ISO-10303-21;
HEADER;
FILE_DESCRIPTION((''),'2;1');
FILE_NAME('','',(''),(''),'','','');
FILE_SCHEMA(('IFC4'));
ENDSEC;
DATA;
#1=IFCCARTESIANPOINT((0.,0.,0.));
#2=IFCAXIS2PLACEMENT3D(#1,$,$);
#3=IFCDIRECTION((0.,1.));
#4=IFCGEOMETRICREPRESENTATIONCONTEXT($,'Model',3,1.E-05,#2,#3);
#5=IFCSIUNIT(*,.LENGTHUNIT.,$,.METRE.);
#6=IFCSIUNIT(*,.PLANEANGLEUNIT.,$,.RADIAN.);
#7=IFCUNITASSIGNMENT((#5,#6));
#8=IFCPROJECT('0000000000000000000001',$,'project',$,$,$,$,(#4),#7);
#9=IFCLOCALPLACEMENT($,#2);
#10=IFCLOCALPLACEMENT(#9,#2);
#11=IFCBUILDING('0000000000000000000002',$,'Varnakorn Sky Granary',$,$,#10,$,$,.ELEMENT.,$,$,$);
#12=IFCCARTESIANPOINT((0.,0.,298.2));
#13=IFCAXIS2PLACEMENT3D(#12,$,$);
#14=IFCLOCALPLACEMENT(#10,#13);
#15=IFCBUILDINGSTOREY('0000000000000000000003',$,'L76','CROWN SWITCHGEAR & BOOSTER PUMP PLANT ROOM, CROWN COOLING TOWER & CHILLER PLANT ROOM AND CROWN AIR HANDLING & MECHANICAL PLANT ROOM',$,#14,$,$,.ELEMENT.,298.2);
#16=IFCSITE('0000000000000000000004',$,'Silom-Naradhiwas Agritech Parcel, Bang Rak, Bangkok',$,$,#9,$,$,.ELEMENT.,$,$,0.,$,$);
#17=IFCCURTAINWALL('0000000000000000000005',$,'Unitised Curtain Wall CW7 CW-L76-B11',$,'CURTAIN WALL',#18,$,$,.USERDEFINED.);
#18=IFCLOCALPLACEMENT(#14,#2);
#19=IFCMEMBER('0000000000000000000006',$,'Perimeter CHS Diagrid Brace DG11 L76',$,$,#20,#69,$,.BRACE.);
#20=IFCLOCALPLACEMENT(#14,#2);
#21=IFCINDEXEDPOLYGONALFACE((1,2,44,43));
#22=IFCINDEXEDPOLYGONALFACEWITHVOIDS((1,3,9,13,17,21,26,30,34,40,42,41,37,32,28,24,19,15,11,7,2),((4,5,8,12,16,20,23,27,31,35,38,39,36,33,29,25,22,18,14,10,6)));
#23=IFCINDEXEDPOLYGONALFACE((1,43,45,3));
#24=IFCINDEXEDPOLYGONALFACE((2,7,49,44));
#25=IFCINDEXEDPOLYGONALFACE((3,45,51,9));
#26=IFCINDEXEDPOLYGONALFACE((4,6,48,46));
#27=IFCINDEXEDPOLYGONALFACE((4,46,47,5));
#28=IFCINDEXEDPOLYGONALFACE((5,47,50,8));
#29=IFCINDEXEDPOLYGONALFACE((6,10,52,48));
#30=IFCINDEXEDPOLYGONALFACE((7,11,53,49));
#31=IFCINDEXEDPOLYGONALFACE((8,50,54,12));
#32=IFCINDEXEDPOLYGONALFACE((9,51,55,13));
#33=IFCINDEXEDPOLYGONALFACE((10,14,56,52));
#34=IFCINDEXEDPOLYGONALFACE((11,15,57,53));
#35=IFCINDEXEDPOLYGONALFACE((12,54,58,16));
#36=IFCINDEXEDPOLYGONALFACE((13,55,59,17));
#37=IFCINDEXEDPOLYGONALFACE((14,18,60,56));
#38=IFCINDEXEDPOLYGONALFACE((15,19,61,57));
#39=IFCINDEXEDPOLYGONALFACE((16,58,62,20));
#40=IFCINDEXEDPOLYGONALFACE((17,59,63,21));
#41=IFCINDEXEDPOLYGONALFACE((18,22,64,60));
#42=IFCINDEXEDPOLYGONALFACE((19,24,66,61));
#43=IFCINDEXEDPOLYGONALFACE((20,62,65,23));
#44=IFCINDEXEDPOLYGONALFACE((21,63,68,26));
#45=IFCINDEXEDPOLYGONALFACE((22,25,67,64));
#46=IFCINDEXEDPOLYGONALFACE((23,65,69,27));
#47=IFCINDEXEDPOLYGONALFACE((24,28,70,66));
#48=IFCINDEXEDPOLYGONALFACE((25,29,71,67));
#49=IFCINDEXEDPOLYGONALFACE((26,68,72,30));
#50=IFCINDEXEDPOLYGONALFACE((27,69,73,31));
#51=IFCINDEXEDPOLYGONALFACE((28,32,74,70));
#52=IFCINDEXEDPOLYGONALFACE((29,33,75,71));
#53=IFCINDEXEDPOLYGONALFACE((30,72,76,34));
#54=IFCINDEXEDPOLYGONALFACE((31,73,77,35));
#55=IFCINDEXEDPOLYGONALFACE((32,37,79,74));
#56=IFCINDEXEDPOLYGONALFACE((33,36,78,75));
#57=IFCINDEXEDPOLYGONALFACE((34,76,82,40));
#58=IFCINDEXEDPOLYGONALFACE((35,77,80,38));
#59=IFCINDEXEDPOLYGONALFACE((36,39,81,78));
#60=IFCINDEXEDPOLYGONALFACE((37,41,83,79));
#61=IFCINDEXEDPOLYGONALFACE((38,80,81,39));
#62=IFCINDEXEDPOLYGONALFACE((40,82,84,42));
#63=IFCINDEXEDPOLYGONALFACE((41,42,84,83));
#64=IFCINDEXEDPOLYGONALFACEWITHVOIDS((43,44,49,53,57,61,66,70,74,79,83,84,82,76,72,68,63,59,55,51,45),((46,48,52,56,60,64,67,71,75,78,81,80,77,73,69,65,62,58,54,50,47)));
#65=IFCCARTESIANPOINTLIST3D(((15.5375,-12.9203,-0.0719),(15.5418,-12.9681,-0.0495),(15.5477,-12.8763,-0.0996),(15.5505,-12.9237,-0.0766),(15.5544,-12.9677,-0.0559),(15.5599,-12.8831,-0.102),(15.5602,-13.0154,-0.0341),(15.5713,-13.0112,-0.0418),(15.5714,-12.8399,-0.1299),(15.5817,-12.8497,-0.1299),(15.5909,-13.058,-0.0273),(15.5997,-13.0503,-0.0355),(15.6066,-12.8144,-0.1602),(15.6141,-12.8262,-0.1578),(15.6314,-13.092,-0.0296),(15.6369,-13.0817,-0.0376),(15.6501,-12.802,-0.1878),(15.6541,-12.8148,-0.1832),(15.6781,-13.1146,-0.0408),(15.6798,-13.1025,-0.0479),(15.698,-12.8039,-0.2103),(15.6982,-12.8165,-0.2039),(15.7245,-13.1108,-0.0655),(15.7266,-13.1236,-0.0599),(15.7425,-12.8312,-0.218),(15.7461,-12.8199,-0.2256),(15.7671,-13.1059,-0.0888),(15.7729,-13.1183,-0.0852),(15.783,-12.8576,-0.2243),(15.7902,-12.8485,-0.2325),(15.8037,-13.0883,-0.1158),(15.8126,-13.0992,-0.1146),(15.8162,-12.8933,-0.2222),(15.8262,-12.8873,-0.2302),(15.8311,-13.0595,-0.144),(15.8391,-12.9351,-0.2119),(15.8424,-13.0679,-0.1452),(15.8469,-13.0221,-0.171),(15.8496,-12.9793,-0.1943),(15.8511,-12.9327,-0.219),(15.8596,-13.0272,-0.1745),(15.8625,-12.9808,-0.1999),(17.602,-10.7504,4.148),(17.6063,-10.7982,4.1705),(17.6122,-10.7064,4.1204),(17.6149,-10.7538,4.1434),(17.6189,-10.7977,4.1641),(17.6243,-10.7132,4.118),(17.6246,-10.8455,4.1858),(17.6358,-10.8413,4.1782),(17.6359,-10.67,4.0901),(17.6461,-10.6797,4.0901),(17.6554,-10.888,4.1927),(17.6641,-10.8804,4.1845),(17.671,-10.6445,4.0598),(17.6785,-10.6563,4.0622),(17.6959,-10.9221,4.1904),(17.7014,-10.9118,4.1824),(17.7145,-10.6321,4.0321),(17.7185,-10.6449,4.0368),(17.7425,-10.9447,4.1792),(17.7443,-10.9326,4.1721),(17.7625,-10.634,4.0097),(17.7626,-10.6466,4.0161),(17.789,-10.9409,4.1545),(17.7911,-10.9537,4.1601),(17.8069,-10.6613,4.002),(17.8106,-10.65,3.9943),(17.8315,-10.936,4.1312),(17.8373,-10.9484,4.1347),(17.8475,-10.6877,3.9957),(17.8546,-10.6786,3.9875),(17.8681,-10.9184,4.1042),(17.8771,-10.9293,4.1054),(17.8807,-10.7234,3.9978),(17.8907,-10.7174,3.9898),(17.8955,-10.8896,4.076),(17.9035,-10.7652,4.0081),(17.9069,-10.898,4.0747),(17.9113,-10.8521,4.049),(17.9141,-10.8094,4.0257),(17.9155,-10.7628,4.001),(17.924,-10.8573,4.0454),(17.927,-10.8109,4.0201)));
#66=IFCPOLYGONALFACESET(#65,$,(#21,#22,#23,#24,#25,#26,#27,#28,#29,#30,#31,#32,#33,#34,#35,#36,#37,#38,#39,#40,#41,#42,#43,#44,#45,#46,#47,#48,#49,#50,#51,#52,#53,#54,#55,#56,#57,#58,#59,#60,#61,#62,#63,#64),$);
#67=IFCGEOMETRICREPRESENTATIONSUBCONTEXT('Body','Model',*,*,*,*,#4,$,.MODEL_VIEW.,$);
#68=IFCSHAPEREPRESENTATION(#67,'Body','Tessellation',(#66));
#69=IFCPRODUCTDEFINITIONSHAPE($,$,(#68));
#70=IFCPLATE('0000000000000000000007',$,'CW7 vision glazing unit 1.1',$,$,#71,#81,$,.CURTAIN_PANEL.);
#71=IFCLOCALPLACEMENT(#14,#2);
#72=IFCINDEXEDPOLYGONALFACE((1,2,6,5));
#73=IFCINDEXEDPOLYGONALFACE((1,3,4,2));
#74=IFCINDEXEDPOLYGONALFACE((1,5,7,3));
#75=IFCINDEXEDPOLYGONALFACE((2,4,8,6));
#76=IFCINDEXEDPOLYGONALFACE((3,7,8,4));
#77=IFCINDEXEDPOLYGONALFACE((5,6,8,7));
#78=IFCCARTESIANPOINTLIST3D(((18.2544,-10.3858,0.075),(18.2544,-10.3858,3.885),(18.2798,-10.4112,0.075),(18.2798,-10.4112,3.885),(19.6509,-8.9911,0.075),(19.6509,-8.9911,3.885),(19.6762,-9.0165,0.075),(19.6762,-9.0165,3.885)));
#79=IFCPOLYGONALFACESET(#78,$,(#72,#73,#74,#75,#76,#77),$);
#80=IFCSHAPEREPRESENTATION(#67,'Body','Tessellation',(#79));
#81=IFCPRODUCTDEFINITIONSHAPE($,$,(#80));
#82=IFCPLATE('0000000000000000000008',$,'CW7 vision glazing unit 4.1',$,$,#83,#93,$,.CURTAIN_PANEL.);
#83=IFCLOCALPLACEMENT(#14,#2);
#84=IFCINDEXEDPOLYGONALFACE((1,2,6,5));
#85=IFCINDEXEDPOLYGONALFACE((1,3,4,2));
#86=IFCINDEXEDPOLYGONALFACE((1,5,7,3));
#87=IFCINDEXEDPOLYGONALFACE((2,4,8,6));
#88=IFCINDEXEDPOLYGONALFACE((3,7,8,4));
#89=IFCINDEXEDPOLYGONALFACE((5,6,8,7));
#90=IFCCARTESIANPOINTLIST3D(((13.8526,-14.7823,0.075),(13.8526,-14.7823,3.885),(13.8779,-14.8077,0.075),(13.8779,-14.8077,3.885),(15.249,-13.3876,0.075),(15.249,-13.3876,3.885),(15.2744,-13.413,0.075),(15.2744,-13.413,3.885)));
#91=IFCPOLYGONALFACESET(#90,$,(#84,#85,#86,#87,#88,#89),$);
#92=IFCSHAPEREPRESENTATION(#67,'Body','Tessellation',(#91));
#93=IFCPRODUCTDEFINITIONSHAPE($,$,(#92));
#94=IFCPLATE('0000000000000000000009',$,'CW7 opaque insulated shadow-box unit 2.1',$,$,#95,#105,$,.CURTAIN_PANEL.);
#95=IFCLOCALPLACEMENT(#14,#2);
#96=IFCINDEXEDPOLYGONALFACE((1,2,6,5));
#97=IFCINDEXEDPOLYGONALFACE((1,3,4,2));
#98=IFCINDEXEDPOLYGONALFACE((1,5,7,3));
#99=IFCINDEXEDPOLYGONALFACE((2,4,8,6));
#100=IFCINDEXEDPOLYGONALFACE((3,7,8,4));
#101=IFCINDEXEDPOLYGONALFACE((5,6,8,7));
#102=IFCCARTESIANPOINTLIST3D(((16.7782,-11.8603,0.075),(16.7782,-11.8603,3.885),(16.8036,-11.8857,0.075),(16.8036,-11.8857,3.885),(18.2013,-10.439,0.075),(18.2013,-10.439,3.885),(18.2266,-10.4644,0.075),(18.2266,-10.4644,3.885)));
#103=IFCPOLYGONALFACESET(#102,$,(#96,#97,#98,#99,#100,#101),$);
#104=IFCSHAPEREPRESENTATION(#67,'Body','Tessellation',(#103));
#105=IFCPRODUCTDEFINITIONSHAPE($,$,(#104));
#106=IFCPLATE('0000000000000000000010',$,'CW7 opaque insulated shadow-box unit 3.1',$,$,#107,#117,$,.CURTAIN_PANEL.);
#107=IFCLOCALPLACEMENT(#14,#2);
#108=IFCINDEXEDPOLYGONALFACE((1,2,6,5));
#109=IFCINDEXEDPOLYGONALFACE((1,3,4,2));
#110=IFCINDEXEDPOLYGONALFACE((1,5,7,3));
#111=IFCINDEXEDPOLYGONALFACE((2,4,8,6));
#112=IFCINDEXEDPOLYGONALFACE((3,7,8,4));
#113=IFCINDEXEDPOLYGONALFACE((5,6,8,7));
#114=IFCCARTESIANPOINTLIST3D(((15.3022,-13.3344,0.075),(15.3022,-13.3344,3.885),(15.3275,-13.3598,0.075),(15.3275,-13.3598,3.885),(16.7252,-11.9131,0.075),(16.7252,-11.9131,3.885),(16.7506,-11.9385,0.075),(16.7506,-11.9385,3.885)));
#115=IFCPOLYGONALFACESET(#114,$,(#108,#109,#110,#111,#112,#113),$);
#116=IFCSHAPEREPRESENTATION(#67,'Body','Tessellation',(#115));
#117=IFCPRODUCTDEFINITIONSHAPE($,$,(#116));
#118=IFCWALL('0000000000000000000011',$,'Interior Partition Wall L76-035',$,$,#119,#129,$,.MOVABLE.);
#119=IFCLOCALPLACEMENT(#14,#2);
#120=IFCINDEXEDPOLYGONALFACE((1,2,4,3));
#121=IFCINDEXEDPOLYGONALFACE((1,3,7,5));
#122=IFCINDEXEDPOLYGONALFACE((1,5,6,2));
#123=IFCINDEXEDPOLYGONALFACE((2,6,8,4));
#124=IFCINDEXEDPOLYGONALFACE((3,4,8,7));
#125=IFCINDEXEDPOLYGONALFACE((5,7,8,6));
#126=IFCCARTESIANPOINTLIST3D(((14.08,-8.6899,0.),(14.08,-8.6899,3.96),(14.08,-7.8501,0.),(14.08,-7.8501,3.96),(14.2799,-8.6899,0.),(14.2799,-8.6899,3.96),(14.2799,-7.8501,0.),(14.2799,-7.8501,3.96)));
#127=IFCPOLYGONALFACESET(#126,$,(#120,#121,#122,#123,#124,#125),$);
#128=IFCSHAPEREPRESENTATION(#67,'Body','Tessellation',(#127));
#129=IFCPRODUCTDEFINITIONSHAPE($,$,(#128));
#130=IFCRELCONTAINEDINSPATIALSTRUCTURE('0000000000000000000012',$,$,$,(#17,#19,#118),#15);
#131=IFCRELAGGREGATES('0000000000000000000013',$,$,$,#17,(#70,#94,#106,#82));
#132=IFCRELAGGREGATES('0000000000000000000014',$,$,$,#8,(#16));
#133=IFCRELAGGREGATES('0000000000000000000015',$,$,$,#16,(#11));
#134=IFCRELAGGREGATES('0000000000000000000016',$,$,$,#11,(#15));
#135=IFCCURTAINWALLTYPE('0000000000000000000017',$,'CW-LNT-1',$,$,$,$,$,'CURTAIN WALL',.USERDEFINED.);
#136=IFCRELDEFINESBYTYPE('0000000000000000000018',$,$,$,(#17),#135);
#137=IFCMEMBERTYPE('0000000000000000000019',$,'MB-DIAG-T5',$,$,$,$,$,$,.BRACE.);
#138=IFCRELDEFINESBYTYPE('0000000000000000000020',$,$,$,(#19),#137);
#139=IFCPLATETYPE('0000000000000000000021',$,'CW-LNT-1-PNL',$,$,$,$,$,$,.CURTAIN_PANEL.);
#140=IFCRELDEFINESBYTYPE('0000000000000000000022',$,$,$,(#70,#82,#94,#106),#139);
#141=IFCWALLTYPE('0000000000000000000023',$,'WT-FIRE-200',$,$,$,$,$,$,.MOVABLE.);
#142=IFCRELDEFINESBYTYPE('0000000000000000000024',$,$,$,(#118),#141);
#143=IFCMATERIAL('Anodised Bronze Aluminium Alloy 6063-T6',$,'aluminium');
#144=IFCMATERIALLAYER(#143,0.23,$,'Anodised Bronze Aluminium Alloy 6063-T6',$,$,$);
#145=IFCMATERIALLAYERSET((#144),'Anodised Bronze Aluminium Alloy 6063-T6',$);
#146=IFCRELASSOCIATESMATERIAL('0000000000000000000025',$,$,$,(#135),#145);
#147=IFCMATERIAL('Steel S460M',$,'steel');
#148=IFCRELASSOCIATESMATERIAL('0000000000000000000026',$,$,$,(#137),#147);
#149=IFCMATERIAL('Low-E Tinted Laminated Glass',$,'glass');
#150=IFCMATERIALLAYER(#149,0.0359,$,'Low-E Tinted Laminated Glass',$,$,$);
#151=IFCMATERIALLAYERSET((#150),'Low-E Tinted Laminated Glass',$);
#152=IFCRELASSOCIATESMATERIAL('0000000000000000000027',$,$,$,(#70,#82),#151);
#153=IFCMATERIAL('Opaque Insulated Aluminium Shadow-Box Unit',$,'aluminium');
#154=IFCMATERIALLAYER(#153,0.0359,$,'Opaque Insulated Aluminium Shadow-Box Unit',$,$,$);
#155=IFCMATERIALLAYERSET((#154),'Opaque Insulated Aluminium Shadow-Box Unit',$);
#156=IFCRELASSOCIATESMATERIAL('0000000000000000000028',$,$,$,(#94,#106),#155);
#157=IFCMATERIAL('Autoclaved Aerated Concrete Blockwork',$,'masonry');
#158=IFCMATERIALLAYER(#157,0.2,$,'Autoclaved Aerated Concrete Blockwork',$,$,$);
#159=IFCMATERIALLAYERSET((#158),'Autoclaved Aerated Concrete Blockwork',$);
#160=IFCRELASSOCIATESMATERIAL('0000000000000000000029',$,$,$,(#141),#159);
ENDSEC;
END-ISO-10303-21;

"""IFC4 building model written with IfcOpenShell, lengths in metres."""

from ifc_helpers import new_model, si_unit, direction, frame, frame_2d, origin, origin_2d, place, context, subcontext, project, spatial, rectangle, hollow_circle, extrude, source, transform, mapped, material, layer, layer_set, material_profile, profile_set, type_object, type_shapes, element, aggregate, save


model = new_model("IFC4")

# Units and contexts
model_context = context("Model", 3, precision=1e-05, world=origin(), true_north=direction((0.0, 1.0)))
body_context = subcontext(model_context, "Body", "Model", "MODEL_VIEW")
ifc_project = project(units=[si_unit("LENGTHUNIT", "METRE"), si_unit("PLANEANGLEUNIT", "RADIAN")], contexts=[model_context])

# Site, building, storey
site_placement = place(None, origin())
site = spatial("IfcSite", under=ifc_project, at=site_placement, Name="Silom-Naradhiwas Agritech Parcel, Bang Rak, Bangkok", CompositionType="ELEMENT", RefElevation=0.0)
building_placement = place(site_placement, origin())
building = spatial("IfcBuilding", under=site, at=building_placement, Name="Varnakorn Sky Granary", CompositionType="ELEMENT")
storey_placement = place(building_placement, frame((0.0, 0.0, 298.2)))
storey = spatial("IfcBuildingStorey", under=building, at=storey_placement, Name="L76", Description="CROWN SWITCHGEAR & BOOSTER PUMP PLANT ROOM, CROWN COOLING TOWER & CHILLER PLANT ROOM AND CROWN AIR HANDLING & MECHANICAL PLANT ROOM", CompositionType="ELEMENT", Elevation=298.2)

# Shared definitions
ifc_material_1 = material(Name="Steel S460M", Category="steel")

# Curtain wall
ifc_material_2 = material(Name="Anodised Bronze Aluminium Alloy 6063-T6", Category="aluminium")
ifc_layer_1 = layer(ifc_material_2, 0.23, Name="Anodised Bronze Aluminium Alloy 6063-T6")
ifc_layer_set_1 = layer_set([ifc_layer_1], Name="Anodised Bronze Aluminium Alloy 6063-T6")
curtain_wall_type = type_object("IfcCurtainWallType", Name="CW-LNT-1", ElementType="CURTAIN WALL", PredefinedType="USERDEFINED", material=ifc_layer_set_1)
curtain_wall_1_placement = place(storey_placement, origin())
curtain_wall_1 = element("IfcCurtainWall", 1, at=curtain_wall_1_placement, inside=storey, type_object=curtain_wall_type, Name="Unitised Curtain Wall CW7 CW-L76-B11", ObjectType="CURTAIN WALL", PredefinedType="USERDEFINED")

# Member
ifc_material_profile_1 = material_profile(ifc_material_1, hollow_circle(Radius=0.1777, WallThickness=0.0142, at=origin_2d()), Name="CHS 355.6x14")
ifc_profile_set_1 = profile_set([ifc_material_profile_1], Name="Steel S460M")
member_type_1 = type_object("IfcMemberType", Name="MB-DIAG-T5", PredefinedType="BRACE", material=ifc_profile_set_1)
member_1_placement = place(storey_placement, frame((15.7002, -12.9624, -0.1299), z_axis=(0.398943, 0.419324, 0.815483), x_axis=(-0.724495, 0.689281, 0.0)))
element("IfcMember", 2, at=member_1_placement, inside=storey, type_object=member_type_1, Name="Perimeter CHS Diagrid Brace DG11 L76", PredefinedType="BRACE", context=body_context, shape_type="SweptSolid", body=[
    extrude(hollow_circle(Radius=0.1777, WallThickness=0.0142, at=origin_2d()), origin(), (0.0, 0.0, 1.0), 5.1748),
])

# Plates
ifc_material_3 = material(Name="Low-E Tinted Laminated Glass", Category="glass")
ifc_layer_2 = layer(ifc_material_3, 0.0359, Name="Low-E Tinted Laminated Glass")
ifc_layer_set_2 = layer_set([ifc_layer_2], Name="Low-E Tinted Laminated Glass")
plate_type = type_object("IfcPlateType", Name="CW-LNT-1-PNL", PredefinedType="CURTAIN_PANEL")
shared_shape_1 = source(origin(), body_context, "Body", "SweptSolid", [
    extrude(rectangle(XDim=1.9736, YDim=0.0359, at=origin_2d()), origin(), (0.0, 0.0, 1.0), 3.8101),
])
plate_1_placement = place(storey_placement, frame((18.9653, -9.7012, 0.075), z_axis=(0.0, 0.0, 1.0), x_axis=(-0.70755, -0.706663, 0.0)))
plate_1 = element("IfcPlate", 3, at=plate_1_placement, type_object=plate_type, material=ifc_layer_set_2, Name="CW7 vision glazing unit 1.1", PredefinedType="CURTAIN_PANEL", context=body_context, shape_type="MappedRepresentation", body=[
    mapped(shared_shape_1, transform((0.0, 0.0, 0.0), x_axis=(1.0, 0.0, 0.0), y_axis=(0.0, 1.0, 0.0), z_axis=(0.0, 0.0, 1.0), scale=1.0)),
])
plate_2_placement = place(storey_placement, frame((14.5635, -14.0977, 0.075), z_axis=(0.0, 0.0, 1.0), x_axis=(-0.70755, -0.706663, 0.0)))
plate_2 = element("IfcPlate", 4, at=plate_2_placement, type_object=plate_type, material=ifc_layer_set_2, Name="CW7 vision glazing unit 4.1", PredefinedType="CURTAIN_PANEL", context=body_context, shape_type="MappedRepresentation", body=[
    mapped(shared_shape_1, transform((0.0, 0.0, 0.0), x_axis=(1.0, 0.0, 0.0), y_axis=(0.0, 1.0, 0.0), z_axis=(0.0, 0.0, 1.0), scale=1.0)),
])
ifc_material_4 = material(Name="Opaque Insulated Aluminium Shadow-Box Unit", Category="aluminium")
ifc_layer_3 = layer(ifc_material_4, 0.0359, Name="Opaque Insulated Aluminium Shadow-Box Unit")
ifc_layer_set_3 = layer_set([ifc_layer_3], Name="Opaque Insulated Aluminium Shadow-Box Unit")
shared_shape_2 = source(origin(), body_context, "Body", "SweptSolid", [
    extrude(rectangle(XDim=2.0112, YDim=0.0359, at=origin_2d()), origin(), (0.0, 0.0, 1.0), 3.8101),
])
type_shapes(plate_type, [shared_shape_1, shared_shape_2])
plate_3_placement = place(storey_placement, frame((17.5024, -11.1624, 0.075), z_axis=(0.0, 0.0, 1.0), x_axis=(-0.70755, -0.706663, 0.0)))
plate_3 = element("IfcPlate", 5, at=plate_3_placement, type_object=plate_type, material=ifc_layer_set_3, Name="CW7 opaque insulated shadow-box unit 2.1", PredefinedType="CURTAIN_PANEL", context=body_context, shape_type="MappedRepresentation", body=[
    mapped(shared_shape_2, transform((0.0, 0.0, 0.0), x_axis=(1.0, 0.0, 0.0), y_axis=(0.0, 1.0, 0.0), z_axis=(0.0, 0.0, 1.0), scale=1.0)),
])
plate_4_placement = place(storey_placement, frame((16.0264, -12.6365, 0.075), z_axis=(0.0, 0.0, 1.0), x_axis=(-0.70755, -0.706663, 0.0)))
plate_4 = element("IfcPlate", 6, at=plate_4_placement, type_object=plate_type, material=ifc_layer_set_3, Name="CW7 opaque insulated shadow-box unit 3.1", PredefinedType="CURTAIN_PANEL", context=body_context, shape_type="MappedRepresentation", body=[
    mapped(shared_shape_2, transform((0.0, 0.0, 0.0), x_axis=(1.0, 0.0, 0.0), y_axis=(0.0, 1.0, 0.0), z_axis=(0.0, 0.0, 1.0), scale=1.0)),
])
aggregate(curtain_wall_1, [plate_1, plate_3, plate_4, plate_2])

# Wall
ifc_material_5 = material(Name="Autoclaved Aerated Concrete Blockwork", Category="masonry")
ifc_layer_4 = layer(ifc_material_5, 0.2, Name="Autoclaved Aerated Concrete Blockwork")
ifc_layer_set_4 = layer_set([ifc_layer_4], Name="Autoclaved Aerated Concrete Blockwork")
wall_type = type_object("IfcWallType", Name="WT-FIRE-200", PredefinedType="MOVABLE", material=ifc_layer_set_4)
wall_placement = place(storey_placement, frame((14.1799, -8.6899, 0.0), z_axis=(0.0, 0.0, 1.0), x_axis=(0.0, 1.0, 0.0)))
element("IfcWall", 7, at=wall_placement, inside=storey, type_object=wall_type, Name="Interior Partition Wall L76-035", PredefinedType="MOVABLE", context=body_context, shape_type="SweptSolid", body=[
    extrude(rectangle(XDim=0.8398, YDim=0.2, at=frame_2d((0.4199, 0.0))), origin(), (0.0, 0.0, 1.0), 3.96),
])

save(model, "model.ifc")
